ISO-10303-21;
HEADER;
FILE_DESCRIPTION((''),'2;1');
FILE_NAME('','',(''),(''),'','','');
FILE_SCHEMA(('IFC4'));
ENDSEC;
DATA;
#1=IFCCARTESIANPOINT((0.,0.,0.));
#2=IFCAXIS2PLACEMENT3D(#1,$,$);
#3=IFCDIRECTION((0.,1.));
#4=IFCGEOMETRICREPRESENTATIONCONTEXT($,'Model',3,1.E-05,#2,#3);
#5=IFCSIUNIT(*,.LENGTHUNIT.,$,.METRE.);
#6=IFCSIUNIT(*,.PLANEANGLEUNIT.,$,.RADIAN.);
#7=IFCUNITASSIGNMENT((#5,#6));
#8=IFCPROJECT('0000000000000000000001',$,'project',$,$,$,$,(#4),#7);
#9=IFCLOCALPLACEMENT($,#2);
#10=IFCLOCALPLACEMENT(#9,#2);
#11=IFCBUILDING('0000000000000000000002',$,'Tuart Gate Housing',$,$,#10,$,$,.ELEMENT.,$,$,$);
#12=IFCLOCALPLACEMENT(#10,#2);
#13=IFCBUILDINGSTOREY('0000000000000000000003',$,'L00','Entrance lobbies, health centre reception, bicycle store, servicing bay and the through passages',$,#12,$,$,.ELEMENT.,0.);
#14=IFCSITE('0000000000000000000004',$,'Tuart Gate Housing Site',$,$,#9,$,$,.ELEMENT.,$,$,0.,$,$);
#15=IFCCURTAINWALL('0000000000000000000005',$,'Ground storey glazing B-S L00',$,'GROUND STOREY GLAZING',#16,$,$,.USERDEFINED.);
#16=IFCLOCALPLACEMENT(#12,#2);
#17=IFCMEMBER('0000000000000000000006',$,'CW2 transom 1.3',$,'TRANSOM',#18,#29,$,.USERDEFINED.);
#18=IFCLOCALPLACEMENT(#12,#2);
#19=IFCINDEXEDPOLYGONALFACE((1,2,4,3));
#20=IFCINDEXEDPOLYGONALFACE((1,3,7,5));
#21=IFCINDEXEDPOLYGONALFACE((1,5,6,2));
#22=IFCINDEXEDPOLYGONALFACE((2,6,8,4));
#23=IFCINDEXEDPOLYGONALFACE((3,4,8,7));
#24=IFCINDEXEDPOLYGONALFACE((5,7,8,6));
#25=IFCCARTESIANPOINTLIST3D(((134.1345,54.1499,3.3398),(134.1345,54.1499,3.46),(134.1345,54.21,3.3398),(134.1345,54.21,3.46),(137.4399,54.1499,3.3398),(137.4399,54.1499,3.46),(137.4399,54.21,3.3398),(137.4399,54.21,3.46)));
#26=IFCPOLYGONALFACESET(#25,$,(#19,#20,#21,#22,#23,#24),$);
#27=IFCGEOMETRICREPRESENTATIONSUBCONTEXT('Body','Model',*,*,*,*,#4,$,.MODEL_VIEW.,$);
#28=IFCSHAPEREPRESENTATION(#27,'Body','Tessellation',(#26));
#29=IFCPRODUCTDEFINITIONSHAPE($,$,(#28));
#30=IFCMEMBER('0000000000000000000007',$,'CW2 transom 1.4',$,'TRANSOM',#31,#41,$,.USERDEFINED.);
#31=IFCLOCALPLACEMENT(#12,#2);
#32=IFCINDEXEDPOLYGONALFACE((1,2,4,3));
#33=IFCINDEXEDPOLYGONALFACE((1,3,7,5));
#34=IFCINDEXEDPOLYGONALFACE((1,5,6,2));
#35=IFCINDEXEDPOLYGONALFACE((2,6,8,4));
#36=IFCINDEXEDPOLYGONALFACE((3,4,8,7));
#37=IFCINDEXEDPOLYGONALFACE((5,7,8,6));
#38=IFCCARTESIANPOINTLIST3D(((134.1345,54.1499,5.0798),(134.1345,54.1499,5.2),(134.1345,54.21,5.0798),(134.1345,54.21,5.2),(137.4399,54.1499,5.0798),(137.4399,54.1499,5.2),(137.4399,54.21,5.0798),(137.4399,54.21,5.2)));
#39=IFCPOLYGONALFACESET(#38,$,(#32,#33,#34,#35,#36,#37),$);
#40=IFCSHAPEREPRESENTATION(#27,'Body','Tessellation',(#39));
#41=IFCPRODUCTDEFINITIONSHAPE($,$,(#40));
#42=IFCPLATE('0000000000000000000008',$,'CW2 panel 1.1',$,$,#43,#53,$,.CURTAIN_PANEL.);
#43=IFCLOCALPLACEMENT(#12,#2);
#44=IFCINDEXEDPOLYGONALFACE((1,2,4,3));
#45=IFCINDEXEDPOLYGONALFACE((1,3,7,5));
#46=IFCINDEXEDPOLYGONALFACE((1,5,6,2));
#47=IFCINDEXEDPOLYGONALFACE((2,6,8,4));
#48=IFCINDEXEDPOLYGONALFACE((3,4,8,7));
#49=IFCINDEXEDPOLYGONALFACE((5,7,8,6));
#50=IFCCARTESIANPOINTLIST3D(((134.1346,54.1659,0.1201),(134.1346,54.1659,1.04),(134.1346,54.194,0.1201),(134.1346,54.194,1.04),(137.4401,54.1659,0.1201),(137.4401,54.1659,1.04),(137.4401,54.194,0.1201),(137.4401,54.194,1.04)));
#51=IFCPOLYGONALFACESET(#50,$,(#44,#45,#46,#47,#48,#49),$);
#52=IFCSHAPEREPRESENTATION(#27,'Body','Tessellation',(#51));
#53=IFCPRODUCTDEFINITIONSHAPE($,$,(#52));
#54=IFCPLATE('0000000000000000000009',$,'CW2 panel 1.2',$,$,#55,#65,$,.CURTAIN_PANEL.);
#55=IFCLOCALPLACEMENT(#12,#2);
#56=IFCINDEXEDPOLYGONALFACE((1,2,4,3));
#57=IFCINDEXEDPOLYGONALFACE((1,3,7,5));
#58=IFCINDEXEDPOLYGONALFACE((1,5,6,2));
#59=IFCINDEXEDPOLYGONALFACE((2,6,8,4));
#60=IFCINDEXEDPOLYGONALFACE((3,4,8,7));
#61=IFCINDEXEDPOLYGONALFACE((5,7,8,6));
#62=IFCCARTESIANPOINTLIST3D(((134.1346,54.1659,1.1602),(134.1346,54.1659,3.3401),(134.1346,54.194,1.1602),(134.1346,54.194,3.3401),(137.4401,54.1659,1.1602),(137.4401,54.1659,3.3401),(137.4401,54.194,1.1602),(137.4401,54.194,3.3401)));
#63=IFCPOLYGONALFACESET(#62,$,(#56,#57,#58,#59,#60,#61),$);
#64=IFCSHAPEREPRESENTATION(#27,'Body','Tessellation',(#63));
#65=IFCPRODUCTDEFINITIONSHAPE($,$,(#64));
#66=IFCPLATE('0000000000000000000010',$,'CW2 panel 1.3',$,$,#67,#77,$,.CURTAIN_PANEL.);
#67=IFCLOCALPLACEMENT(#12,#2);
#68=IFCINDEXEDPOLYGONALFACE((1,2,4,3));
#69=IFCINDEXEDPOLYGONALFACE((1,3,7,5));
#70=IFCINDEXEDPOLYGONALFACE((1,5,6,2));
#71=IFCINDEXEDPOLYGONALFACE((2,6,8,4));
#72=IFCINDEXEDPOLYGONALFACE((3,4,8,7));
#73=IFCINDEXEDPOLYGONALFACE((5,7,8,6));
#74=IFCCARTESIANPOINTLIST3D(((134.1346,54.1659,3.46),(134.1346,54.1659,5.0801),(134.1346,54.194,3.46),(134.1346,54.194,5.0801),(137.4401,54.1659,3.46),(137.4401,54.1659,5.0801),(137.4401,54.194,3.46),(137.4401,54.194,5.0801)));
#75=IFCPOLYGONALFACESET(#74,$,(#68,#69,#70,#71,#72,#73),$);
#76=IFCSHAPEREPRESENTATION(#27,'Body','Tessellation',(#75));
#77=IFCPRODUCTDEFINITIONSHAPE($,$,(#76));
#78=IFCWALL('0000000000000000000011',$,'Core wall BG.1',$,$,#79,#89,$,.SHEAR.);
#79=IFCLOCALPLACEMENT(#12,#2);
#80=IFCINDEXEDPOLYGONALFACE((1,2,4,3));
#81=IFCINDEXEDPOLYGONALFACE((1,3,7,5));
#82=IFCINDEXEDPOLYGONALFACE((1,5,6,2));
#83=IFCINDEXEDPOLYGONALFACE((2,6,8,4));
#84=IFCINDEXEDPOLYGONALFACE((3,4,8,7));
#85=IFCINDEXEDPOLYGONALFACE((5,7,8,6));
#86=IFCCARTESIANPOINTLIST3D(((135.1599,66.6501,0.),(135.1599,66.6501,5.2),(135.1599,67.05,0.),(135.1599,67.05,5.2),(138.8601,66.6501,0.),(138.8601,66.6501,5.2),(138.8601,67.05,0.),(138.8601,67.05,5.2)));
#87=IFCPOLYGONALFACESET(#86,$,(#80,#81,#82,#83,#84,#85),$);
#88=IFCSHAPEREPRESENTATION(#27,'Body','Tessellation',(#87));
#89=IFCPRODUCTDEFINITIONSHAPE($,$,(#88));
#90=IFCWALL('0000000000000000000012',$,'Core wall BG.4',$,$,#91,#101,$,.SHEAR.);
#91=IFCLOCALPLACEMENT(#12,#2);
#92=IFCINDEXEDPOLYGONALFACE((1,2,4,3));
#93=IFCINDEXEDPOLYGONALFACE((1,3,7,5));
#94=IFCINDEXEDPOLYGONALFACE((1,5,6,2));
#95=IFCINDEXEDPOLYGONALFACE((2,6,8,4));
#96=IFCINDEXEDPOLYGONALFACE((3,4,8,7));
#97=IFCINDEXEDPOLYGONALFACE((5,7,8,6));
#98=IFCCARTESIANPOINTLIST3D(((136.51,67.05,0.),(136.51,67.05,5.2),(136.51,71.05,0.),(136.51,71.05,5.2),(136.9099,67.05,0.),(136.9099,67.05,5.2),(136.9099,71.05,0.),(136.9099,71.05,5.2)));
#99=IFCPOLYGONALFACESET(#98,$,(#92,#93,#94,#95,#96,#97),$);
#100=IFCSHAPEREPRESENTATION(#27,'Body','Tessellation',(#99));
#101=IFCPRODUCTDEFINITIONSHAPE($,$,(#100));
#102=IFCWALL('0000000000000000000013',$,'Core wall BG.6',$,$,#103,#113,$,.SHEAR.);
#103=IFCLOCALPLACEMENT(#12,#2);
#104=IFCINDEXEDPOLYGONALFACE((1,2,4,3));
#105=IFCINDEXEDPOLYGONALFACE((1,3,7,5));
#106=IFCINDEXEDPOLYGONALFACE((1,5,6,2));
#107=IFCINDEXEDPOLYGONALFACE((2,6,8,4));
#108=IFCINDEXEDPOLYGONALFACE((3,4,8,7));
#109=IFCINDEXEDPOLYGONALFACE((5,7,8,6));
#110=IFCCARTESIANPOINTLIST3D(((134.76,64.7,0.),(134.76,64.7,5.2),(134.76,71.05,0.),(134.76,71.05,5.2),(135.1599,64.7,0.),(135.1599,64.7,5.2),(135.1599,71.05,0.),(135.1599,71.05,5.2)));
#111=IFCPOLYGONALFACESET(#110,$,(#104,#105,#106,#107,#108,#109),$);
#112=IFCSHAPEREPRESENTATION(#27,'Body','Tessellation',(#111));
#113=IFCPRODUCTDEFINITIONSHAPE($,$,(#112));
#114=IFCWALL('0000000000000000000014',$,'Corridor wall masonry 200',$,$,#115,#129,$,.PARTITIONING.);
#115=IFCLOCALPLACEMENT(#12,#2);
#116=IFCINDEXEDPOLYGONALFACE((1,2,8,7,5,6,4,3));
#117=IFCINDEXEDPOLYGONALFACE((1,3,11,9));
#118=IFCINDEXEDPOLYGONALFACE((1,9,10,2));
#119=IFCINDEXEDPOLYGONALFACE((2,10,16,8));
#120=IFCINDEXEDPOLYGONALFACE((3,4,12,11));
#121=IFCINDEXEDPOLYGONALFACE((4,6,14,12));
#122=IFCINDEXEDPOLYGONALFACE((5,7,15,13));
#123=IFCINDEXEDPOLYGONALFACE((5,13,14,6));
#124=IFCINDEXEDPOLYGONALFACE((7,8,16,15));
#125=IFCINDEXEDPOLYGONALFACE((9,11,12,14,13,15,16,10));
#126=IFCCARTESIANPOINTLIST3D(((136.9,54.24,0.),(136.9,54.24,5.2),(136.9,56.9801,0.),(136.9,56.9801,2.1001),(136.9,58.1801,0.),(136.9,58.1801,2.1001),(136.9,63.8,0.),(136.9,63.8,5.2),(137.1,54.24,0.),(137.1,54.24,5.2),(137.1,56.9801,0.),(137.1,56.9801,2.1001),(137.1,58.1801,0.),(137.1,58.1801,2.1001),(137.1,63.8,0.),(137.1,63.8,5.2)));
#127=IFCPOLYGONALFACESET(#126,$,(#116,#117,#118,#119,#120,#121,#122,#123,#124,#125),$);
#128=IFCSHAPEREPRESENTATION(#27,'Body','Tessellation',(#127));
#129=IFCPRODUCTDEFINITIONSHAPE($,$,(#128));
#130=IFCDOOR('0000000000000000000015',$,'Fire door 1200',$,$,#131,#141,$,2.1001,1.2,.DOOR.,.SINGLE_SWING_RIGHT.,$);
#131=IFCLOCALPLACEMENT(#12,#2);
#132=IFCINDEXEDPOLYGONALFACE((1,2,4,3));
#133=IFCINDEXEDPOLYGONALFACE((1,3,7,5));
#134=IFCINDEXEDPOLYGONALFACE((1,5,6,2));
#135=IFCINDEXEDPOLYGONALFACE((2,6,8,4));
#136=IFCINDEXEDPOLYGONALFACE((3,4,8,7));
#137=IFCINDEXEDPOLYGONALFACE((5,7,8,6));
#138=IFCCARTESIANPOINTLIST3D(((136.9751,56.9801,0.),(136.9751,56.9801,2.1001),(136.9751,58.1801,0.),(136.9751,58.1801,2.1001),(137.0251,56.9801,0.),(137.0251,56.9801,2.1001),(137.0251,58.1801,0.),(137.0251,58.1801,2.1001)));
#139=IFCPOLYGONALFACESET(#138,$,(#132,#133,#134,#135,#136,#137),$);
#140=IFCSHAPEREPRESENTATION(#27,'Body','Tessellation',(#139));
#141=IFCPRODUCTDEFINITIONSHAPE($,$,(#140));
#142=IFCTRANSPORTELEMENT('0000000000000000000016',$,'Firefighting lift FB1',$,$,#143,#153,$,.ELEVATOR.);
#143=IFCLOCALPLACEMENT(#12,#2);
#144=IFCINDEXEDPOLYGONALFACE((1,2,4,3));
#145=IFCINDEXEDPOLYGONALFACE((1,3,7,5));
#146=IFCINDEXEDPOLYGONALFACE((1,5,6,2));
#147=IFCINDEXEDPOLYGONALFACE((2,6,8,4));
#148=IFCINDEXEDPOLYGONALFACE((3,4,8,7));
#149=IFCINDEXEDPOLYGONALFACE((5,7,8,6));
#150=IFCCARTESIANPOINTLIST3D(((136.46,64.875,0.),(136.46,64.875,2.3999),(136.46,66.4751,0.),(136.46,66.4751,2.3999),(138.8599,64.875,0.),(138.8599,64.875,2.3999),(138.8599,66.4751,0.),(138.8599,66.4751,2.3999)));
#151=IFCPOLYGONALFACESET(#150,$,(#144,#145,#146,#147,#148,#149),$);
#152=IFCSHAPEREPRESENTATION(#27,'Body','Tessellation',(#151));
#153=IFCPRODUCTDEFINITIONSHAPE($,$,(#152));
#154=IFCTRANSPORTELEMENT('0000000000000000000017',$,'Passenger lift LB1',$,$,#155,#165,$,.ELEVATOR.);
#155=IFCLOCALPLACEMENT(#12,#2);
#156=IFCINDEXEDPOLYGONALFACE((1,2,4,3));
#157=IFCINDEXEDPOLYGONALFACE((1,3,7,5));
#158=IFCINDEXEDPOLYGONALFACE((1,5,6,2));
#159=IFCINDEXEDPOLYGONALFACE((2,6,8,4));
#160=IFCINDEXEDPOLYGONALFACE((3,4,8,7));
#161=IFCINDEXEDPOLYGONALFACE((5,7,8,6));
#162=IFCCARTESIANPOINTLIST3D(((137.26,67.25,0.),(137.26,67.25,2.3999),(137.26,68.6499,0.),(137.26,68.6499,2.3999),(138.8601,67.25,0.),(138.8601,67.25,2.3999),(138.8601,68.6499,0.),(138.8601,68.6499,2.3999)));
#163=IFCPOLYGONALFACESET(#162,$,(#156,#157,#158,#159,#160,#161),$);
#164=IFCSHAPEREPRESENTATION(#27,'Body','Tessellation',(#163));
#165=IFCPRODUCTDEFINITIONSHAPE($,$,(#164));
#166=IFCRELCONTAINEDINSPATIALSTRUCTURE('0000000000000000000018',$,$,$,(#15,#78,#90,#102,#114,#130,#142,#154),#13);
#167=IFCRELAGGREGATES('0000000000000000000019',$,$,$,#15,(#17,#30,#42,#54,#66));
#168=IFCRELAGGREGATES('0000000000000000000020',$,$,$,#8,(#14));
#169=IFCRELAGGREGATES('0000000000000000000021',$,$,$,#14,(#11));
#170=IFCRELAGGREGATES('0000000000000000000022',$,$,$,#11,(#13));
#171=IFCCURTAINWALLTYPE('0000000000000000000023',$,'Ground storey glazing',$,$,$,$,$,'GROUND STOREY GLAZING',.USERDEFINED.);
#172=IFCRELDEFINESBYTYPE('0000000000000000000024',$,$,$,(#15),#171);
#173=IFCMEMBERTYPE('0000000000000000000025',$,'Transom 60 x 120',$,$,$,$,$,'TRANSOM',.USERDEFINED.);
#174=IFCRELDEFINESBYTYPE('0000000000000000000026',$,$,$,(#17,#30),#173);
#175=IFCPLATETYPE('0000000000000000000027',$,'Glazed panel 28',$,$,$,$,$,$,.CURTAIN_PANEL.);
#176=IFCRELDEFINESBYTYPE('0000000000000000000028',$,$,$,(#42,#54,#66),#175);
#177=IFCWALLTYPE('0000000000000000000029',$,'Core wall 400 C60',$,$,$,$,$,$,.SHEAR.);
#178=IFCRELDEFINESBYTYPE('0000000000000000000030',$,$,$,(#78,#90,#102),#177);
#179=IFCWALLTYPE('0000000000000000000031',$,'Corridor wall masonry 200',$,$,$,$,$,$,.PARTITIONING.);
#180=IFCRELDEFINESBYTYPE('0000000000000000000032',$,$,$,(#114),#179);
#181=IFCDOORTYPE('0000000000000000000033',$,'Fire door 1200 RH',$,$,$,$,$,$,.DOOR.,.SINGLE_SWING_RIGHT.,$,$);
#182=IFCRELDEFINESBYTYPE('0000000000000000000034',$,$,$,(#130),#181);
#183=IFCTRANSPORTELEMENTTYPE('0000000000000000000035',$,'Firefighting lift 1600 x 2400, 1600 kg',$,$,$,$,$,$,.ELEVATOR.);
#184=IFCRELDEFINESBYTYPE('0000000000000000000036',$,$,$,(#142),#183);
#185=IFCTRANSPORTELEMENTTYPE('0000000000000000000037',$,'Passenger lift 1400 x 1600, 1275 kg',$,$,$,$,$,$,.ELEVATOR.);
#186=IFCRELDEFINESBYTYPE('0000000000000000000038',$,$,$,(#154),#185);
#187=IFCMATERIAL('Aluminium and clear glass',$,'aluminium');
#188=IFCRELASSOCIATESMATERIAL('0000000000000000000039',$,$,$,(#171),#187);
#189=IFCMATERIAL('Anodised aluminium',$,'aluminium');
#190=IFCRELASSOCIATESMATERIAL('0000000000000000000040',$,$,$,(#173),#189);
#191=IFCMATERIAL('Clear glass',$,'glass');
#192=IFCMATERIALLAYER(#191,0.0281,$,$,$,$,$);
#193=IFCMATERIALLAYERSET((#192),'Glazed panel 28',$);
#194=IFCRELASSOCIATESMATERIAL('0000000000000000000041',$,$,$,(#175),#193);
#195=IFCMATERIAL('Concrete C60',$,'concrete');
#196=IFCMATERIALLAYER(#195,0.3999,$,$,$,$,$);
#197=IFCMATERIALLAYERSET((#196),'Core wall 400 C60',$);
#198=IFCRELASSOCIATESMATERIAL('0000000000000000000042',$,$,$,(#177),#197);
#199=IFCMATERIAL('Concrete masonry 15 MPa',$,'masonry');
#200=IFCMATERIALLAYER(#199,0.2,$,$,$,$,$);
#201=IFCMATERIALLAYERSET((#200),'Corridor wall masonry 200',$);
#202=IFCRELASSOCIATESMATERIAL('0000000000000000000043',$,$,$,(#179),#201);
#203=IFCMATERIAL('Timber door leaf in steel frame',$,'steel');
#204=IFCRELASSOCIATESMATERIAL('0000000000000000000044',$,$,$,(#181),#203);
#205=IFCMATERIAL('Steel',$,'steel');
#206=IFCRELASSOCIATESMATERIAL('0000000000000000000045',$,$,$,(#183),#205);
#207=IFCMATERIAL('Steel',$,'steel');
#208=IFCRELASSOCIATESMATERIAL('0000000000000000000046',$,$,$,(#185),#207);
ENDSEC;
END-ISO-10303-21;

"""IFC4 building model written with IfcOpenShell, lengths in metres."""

from ifc_helpers import new_model, si_unit, direction, frame, frame_2d, origin, origin_2d, place, context, subcontext, project, spatial, rectangle, extrude, material, layer, layer_set, material_profile, profile_set, type_object, element, fill, aggregate, save


model = new_model("IFC4")

# Units and contexts
model_context = context("Model", 3, precision=1e-05, world=origin(), true_north=direction((0.0, 1.0)))
body_context = subcontext(model_context, "Body", "Model", "MODEL_VIEW")
ifc_project = project(units=[si_unit("LENGTHUNIT", "METRE"), si_unit("PLANEANGLEUNIT", "RADIAN")], contexts=[model_context])

# Site, building, storey
site_placement = place(None, origin())
site = spatial("IfcSite", under=ifc_project, at=site_placement, Name="Tuart Gate Housing Site", CompositionType="ELEMENT", RefElevation=0.0)
building_placement = place(site_placement, origin())
building = spatial("IfcBuilding", under=site, at=building_placement, Name="Tuart Gate Housing", CompositionType="ELEMENT")
storey_placement = place(building_placement, origin())
storey = spatial("IfcBuildingStorey", under=building, at=storey_placement, Name="L00", Description="Entrance lobbies, health centre reception, bicycle store, servicing bay and the through passages", CompositionType="ELEMENT", Elevation=0.0)

# Curtain wall, members, plates
ifc_material_1 = material(Name="Aluminium and clear glass", Category="aluminium")
curtain_wall_type = type_object("IfcCurtainWallType", Name="Ground storey glazing", ElementType="GROUND STOREY GLAZING", PredefinedType="USERDEFINED", material=ifc_material_1)
curtain_wall_placement = place(storey_placement, origin())
curtain_wall = element("IfcCurtainWall", 1, at=curtain_wall_placement, inside=storey, type_object=curtain_wall_type, Name="Ground storey glazing B-S L00", ObjectType="GROUND STOREY GLAZING", PredefinedType="USERDEFINED")
ifc_material_2 = material(Name="Anodised aluminium", Category="aluminium")
ifc_material_profile_1 = material_profile(ifc_material_2, rectangle(XDim=0.0601, YDim=0.1201, at=origin_2d()), Name="60x120")
ifc_profile_set_1 = profile_set([ifc_material_profile_1], Name="Anodised aluminium")
member_type_1 = type_object("IfcMemberType", Name="Transom 60 x 120", ElementType="TRANSOM", PredefinedType="USERDEFINED", material=ifc_profile_set_1)
member_1_placement = place(storey_placement, frame((134.1345, 54.1799, 3.3999), z_axis=(1.0, 0.0, 0.0), x_axis=(0.0, 1.0, 0.0)))
member_1 = element("IfcMember", 2, at=member_1_placement, type_object=member_type_1, Name="CW2 transom 1.3", ObjectType="TRANSOM", PredefinedType="USERDEFINED", context=body_context, shape_type="SweptSolid", body=[
    extrude(rectangle(XDim=0.0601, YDim=0.1201, at=origin_2d()), origin(), (0.0, 0.0, 1.0), 3.3054),
])
member_2_placement = place(storey_placement, frame((134.1345, 54.1799, 5.1399), z_axis=(1.0, 0.0, 0.0), x_axis=(0.0, 1.0, 0.0)))
member_2 = element("IfcMember", 3, at=member_2_placement, type_object=member_type_1, Name="CW2 transom 1.4", ObjectType="TRANSOM", PredefinedType="USERDEFINED", context=body_context, shape_type="SweptSolid", body=[
    extrude(rectangle(XDim=0.0601, YDim=0.1201, at=origin_2d()), origin(), (0.0, 0.0, 1.0), 3.3054),
])
ifc_material_3 = material(Name="Clear glass", Category="glass")
ifc_layer_1 = layer(ifc_material_3, 0.0281)
ifc_layer_set_1 = layer_set([ifc_layer_1], Name="Glazed panel 28")
plate_type = type_object("IfcPlateType", Name="Glazed panel 28", PredefinedType="CURTAIN_PANEL", material=ifc_layer_set_1)
plate_1_placement = place(storey_placement, frame((135.7874, 54.1799, 0.1201), z_axis=(0.0, 0.0, 1.0), x_axis=(1.0, 0.0, 0.0)))
plate_1 = element("IfcPlate", 4, at=plate_1_placement, type_object=plate_type, Name="CW2 panel 1.1", PredefinedType="CURTAIN_PANEL", context=body_context, shape_type="SweptSolid", body=[
    extrude(rectangle(XDim=3.3054, YDim=0.0281, at=origin_2d()), origin(), (0.0, 0.0, 1.0), 0.9199),
])
plate_2_placement = place(storey_placement, frame((135.7874, 54.1799, 1.1602), z_axis=(0.0, 0.0, 1.0), x_axis=(1.0, 0.0, 0.0)))
plate_2 = element("IfcPlate", 5, at=plate_2_placement, type_object=plate_type, Name="CW2 panel 1.2", PredefinedType="CURTAIN_PANEL", context=body_context, shape_type="SweptSolid", body=[
    extrude(rectangle(XDim=3.3054, YDim=0.0281, at=origin_2d()), origin(), (0.0, 0.0, 1.0), 2.1799),
])
plate_3_placement = place(storey_placement, frame((135.7874, 54.1799, 3.46), z_axis=(0.0, 0.0, 1.0), x_axis=(1.0, 0.0, 0.0)))
plate_3 = element("IfcPlate", 6, at=plate_3_placement, type_object=plate_type, Name="CW2 panel 1.3", PredefinedType="CURTAIN_PANEL", context=body_context, shape_type="SweptSolid", body=[
    extrude(rectangle(XDim=3.3054, YDim=0.0281, at=origin_2d()), origin(), (0.0, 0.0, 1.0), 1.6201),
])
aggregate(curtain_wall, [member_1, member_2, plate_1, plate_2, plate_3])

# Walls
ifc_material_4 = material(Name="Concrete C60", Category="concrete")
ifc_layer_2 = layer(ifc_material_4, 0.3999)
ifc_layer_set_2 = layer_set([ifc_layer_2], Name="Core wall 400 C60")
wall_type_1 = type_object("IfcWallType", Name="Core wall 400 C60", PredefinedType="SHEAR", material=ifc_layer_set_2)
wall_1_placement = place(storey_placement, frame((138.8601, 66.8501, 0.0), z_axis=(0.0, 0.0, 1.0), x_axis=(-1.0, 0.0, 0.0)))
element("IfcWall", 7, at=wall_1_placement, inside=storey, type_object=wall_type_1, Name="Core wall BG.1", PredefinedType="SHEAR", context=body_context, shape_type="SweptSolid", body=[
    extrude(rectangle(XDim=3.7002, YDim=0.3999, at=frame_2d((1.8501, 0.0))), origin(), (0.0, 0.0, 1.0), 5.2),
])
wall_2_placement = place(storey_placement, frame((136.71, 67.05, 0.0), z_axis=(0.0, 0.0, 1.0), x_axis=(0.0, 1.0, 0.0)))
element("IfcWall", 8, at=wall_2_placement, inside=storey, type_object=wall_type_1, Name="Core wall BG.4", PredefinedType="SHEAR", context=body_context, shape_type="SweptSolid", body=[
    extrude(rectangle(XDim=4.0, YDim=0.3999, at=frame_2d((2.0, 0.0))), origin(), (0.0, 0.0, 1.0), 5.2),
])
wall_3_placement = place(storey_placement, frame((134.96, 64.7, 0.0), z_axis=(0.0, 0.0, 1.0), x_axis=(0.0, 1.0, 0.0)))
element("IfcWall", 9, at=wall_3_placement, inside=storey, type_object=wall_type_1, Name="Core wall BG.6", PredefinedType="SHEAR", context=body_context, shape_type="SweptSolid", body=[
    extrude(rectangle(XDim=6.3501, YDim=0.3999, at=frame_2d((3.175, 0.0))), origin(), (0.0, 0.0, 1.0), 5.2),
])

# Wall, opening, door
ifc_material_5 = material(Name="Concrete masonry 15 MPa", Category="masonry")
ifc_layer_3 = layer(ifc_material_5, 0.2)
ifc_layer_set_3 = layer_set([ifc_layer_3], Name="Corridor wall masonry 200")
wall_type_2 = type_object("IfcWallType", Name="Corridor wall masonry 200", PredefinedType="PARTITIONING", material=ifc_layer_set_3)
wall_4_placement = place(storey_placement, frame((137.0, 54.24, 0.0), z_axis=(0.0, 0.0, 1.0), x_axis=(0.0, 1.0, 0.0)))
wall_4 = element("IfcWall", 10, at=wall_4_placement, inside=storey, type_object=wall_type_2, Name="Corridor wall masonry 200", PredefinedType="PARTITIONING", context=body_context, shape_type="SweptSolid", body=[
    extrude(rectangle(XDim=9.5601, YDim=0.2, at=frame_2d((4.78, 0.0))), origin(), (0.0, 0.0, 1.0), 5.2),
])
opening_1_placement = place(wall_4_placement, frame((2.74, 0.0, 0.0)))
opening_1 = element("IfcOpeningElement", 11, at=opening_1_placement, cuts=wall_4, PredefinedType="OPENING", context=body_context, shape_type="SweptSolid", body=[
    extrude(rectangle(XDim=1.2, YDim=2.1001, at=frame_2d((0.6001, 1.05))), frame((0.0, 0.1099, 0.0), z_axis=(0.0, -1.0, 0.0), x_axis=(1.0, 0.0, 0.0)), (0.0, 0.0, 1.0), 0.22),
])
ifc_material_6 = material(Name="Timber door leaf in steel frame", Category="steel")
door_type_1 = type_object("IfcDoorType", Name="Fire door 1200 RH", OperationType="SINGLE_SWING_RIGHT", PredefinedType="DOOR", material=ifc_material_6)
door_1_placement = place(opening_1_placement, origin())
door_1 = element("IfcDoor", 12, at=door_1_placement, inside=storey, type_object=door_type_1, Name="Fire door 1200", OperationType="SINGLE_SWING_RIGHT", OverallHeight=2.1001, OverallWidth=1.2, PredefinedType="DOOR", context=body_context, shape_type="SweptSolid", body=[
    extrude(rectangle(XDim=1.2, YDim=2.1001, at=frame_2d((0.6001, 1.05))), frame((0.0, 0.0249, 0.0), z_axis=(0.0, -1.0, 0.0), x_axis=(1.0, 0.0, 0.0)), (0.0, 0.0, 1.0), 0.05),
])
fill(opening_1, door_1)

# Transport elements
ifc_material_7 = material(Name="Steel", Category="steel")
transport_element_type_1 = type_object("IfcTransportElementType", Name="Firefighting lift 1600 x 2400, 1600 kg", PredefinedType="ELEVATOR", material=ifc_material_7)
transport_element_1_placement = place(storey_placement, frame((137.6599, 65.675, 0.0), z_axis=(0.0, 0.0, 1.0), x_axis=(0.0, 1.0, 0.0)))
element("IfcTransportElement", 13, at=transport_element_1_placement, inside=storey, type_object=transport_element_type_1, Name="Firefighting lift FB1", PredefinedType="ELEVATOR", context=body_context, shape_type="SweptSolid", body=[
    extrude(rectangle(XDim=1.6001, YDim=2.3999, at=origin_2d()), origin(), (0.0, 0.0, 1.0), 2.3999),
])
ifc_material_8 = material(Name="Steel", Category="steel")
transport_element_type_2 = type_object("IfcTransportElementType", Name="Passenger lift 1400 x 1600, 1275 kg", PredefinedType="ELEVATOR", material=ifc_material_8)
transport_element_2_placement = place(storey_placement, frame((138.0601, 67.95, 0.0), z_axis=(0.0, 0.0, 1.0), x_axis=(0.0, 1.0, 0.0)))
element("IfcTransportElement", 14, at=transport_element_2_placement, inside=storey, type_object=transport_element_type_2, Name="Passenger lift LB1", PredefinedType="ELEVATOR", context=body_context, shape_type="SweptSolid", body=[
    extrude(rectangle(XDim=1.3999, YDim=1.6001, at=origin_2d()), origin(), (0.0, 0.0, 1.0), 2.3999),
])

save(model, "model.ifc")
